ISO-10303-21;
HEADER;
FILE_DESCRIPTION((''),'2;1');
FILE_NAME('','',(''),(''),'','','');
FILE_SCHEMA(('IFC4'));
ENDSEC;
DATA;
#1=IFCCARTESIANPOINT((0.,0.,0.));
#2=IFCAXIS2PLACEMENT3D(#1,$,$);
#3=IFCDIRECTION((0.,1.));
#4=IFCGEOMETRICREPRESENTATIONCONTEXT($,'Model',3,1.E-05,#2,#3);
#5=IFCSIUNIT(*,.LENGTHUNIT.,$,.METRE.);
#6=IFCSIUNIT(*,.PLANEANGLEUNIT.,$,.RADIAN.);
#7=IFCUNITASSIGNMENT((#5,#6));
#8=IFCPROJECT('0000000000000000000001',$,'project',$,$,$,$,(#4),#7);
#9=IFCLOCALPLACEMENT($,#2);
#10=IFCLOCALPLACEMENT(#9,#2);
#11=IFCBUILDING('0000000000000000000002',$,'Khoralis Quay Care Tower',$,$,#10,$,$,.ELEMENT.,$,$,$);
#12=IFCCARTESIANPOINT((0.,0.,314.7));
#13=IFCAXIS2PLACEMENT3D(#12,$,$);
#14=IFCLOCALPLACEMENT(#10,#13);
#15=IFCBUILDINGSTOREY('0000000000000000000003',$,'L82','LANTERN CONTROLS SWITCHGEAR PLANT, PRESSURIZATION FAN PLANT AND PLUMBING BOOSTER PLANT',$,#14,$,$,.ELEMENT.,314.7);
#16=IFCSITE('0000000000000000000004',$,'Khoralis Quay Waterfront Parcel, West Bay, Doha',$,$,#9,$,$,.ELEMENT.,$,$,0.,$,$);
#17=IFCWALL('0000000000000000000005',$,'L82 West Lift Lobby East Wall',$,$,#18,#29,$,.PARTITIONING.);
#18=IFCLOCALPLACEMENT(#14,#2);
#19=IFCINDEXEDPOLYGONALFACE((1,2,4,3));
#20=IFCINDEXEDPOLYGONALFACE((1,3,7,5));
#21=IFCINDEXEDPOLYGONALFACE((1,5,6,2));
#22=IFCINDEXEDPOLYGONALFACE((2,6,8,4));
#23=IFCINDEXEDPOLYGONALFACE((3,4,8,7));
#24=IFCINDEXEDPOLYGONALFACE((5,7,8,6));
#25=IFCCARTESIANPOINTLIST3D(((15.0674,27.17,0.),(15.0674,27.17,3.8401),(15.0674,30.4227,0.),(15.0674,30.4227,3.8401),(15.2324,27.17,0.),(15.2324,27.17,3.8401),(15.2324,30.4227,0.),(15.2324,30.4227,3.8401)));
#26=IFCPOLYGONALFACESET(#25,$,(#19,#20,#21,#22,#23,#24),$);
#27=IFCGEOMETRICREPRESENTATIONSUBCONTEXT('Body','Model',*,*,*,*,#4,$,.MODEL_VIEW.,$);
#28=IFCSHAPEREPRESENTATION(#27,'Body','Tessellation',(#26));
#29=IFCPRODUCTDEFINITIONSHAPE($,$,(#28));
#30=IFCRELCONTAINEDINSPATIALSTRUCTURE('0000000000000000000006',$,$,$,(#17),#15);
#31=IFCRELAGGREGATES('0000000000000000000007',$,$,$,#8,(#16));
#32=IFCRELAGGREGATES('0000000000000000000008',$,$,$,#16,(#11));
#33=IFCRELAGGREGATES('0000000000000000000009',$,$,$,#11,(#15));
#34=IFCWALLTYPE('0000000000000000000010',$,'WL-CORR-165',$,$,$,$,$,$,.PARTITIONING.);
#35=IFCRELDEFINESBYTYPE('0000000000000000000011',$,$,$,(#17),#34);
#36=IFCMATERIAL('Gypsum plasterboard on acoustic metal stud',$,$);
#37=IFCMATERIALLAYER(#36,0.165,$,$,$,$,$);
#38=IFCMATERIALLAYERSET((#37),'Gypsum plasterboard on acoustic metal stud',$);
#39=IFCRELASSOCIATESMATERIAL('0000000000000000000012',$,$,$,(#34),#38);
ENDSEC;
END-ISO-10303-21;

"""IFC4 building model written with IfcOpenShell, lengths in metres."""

from ifc_helpers import new_model, si_unit, direction, frame, frame_2d, origin, place, context, subcontext, project, spatial, rectangle, extrude, material, layer, layer_set, type_object, element, save


model = new_model("IFC4")

# Units and contexts
model_context = context("Model", 3, precision=1e-05, world=origin(), true_north=direction((0.0, 1.0)))
body_context = subcontext(model_context, "Body", "Model", "MODEL_VIEW")
ifc_project = project(units=[si_unit("LENGTHUNIT", "METRE"), si_unit("PLANEANGLEUNIT", "RADIAN")], contexts=[model_context])

# Site, building, storey
site_placement = place(None, origin())
site = spatial("IfcSite", under=ifc_project, at=site_placement, Name="Khoralis Quay Waterfront Parcel, West Bay, Doha", CompositionType="ELEMENT", RefElevation=0.0)
building_placement = place(site_placement, origin())
building = spatial("IfcBuilding", under=site, at=building_placement, Name="Khoralis Quay Care Tower", CompositionType="ELEMENT")
storey_placement = place(building_placement, frame((0.0, 0.0, 314.7)))
storey = spatial("IfcBuildingStorey", under=building, at=storey_placement, Name="L82", Description="LANTERN CONTROLS SWITCHGEAR PLANT, PRESSURIZATION FAN PLANT AND PLUMBING BOOSTER PLANT", CompositionType="ELEMENT", Elevation=314.7)

# Shared definitions
ifc_material_1 = material(Name="Gypsum plasterboard on acoustic metal stud")

# Shared definitions
ifc_layer_1 = layer(ifc_material_1, 0.165)
ifc_layer_set_1 = layer_set([ifc_layer_1], Name="Gypsum plasterboard on acoustic metal stud")
wall_type_1 = type_object("IfcWallType", Name="WL-CORR-165", PredefinedType="PARTITIONING", material=ifc_layer_set_1)

# Wall
wall_1_placement = place(storey_placement, frame((15.1499, 27.1699, 0.0), z_axis=(0.0, 0.0, 1.0), x_axis=(0.0, 1.0, 0.0)))
element("IfcWall", 1, at=wall_1_placement, inside=storey, type_object=wall_type_1, Name="L82 West Lift Lobby East Wall", PredefinedType="PARTITIONING", context=body_context, shape_type="SweptSolid", body=[
    extrude(rectangle(XDim=3.2527, YDim=0.165, at=frame_2d((1.6265, 0.0))), origin(), (0.0, 0.0, 1.0), 3.8401),
])

save(model, "model.ifc")
